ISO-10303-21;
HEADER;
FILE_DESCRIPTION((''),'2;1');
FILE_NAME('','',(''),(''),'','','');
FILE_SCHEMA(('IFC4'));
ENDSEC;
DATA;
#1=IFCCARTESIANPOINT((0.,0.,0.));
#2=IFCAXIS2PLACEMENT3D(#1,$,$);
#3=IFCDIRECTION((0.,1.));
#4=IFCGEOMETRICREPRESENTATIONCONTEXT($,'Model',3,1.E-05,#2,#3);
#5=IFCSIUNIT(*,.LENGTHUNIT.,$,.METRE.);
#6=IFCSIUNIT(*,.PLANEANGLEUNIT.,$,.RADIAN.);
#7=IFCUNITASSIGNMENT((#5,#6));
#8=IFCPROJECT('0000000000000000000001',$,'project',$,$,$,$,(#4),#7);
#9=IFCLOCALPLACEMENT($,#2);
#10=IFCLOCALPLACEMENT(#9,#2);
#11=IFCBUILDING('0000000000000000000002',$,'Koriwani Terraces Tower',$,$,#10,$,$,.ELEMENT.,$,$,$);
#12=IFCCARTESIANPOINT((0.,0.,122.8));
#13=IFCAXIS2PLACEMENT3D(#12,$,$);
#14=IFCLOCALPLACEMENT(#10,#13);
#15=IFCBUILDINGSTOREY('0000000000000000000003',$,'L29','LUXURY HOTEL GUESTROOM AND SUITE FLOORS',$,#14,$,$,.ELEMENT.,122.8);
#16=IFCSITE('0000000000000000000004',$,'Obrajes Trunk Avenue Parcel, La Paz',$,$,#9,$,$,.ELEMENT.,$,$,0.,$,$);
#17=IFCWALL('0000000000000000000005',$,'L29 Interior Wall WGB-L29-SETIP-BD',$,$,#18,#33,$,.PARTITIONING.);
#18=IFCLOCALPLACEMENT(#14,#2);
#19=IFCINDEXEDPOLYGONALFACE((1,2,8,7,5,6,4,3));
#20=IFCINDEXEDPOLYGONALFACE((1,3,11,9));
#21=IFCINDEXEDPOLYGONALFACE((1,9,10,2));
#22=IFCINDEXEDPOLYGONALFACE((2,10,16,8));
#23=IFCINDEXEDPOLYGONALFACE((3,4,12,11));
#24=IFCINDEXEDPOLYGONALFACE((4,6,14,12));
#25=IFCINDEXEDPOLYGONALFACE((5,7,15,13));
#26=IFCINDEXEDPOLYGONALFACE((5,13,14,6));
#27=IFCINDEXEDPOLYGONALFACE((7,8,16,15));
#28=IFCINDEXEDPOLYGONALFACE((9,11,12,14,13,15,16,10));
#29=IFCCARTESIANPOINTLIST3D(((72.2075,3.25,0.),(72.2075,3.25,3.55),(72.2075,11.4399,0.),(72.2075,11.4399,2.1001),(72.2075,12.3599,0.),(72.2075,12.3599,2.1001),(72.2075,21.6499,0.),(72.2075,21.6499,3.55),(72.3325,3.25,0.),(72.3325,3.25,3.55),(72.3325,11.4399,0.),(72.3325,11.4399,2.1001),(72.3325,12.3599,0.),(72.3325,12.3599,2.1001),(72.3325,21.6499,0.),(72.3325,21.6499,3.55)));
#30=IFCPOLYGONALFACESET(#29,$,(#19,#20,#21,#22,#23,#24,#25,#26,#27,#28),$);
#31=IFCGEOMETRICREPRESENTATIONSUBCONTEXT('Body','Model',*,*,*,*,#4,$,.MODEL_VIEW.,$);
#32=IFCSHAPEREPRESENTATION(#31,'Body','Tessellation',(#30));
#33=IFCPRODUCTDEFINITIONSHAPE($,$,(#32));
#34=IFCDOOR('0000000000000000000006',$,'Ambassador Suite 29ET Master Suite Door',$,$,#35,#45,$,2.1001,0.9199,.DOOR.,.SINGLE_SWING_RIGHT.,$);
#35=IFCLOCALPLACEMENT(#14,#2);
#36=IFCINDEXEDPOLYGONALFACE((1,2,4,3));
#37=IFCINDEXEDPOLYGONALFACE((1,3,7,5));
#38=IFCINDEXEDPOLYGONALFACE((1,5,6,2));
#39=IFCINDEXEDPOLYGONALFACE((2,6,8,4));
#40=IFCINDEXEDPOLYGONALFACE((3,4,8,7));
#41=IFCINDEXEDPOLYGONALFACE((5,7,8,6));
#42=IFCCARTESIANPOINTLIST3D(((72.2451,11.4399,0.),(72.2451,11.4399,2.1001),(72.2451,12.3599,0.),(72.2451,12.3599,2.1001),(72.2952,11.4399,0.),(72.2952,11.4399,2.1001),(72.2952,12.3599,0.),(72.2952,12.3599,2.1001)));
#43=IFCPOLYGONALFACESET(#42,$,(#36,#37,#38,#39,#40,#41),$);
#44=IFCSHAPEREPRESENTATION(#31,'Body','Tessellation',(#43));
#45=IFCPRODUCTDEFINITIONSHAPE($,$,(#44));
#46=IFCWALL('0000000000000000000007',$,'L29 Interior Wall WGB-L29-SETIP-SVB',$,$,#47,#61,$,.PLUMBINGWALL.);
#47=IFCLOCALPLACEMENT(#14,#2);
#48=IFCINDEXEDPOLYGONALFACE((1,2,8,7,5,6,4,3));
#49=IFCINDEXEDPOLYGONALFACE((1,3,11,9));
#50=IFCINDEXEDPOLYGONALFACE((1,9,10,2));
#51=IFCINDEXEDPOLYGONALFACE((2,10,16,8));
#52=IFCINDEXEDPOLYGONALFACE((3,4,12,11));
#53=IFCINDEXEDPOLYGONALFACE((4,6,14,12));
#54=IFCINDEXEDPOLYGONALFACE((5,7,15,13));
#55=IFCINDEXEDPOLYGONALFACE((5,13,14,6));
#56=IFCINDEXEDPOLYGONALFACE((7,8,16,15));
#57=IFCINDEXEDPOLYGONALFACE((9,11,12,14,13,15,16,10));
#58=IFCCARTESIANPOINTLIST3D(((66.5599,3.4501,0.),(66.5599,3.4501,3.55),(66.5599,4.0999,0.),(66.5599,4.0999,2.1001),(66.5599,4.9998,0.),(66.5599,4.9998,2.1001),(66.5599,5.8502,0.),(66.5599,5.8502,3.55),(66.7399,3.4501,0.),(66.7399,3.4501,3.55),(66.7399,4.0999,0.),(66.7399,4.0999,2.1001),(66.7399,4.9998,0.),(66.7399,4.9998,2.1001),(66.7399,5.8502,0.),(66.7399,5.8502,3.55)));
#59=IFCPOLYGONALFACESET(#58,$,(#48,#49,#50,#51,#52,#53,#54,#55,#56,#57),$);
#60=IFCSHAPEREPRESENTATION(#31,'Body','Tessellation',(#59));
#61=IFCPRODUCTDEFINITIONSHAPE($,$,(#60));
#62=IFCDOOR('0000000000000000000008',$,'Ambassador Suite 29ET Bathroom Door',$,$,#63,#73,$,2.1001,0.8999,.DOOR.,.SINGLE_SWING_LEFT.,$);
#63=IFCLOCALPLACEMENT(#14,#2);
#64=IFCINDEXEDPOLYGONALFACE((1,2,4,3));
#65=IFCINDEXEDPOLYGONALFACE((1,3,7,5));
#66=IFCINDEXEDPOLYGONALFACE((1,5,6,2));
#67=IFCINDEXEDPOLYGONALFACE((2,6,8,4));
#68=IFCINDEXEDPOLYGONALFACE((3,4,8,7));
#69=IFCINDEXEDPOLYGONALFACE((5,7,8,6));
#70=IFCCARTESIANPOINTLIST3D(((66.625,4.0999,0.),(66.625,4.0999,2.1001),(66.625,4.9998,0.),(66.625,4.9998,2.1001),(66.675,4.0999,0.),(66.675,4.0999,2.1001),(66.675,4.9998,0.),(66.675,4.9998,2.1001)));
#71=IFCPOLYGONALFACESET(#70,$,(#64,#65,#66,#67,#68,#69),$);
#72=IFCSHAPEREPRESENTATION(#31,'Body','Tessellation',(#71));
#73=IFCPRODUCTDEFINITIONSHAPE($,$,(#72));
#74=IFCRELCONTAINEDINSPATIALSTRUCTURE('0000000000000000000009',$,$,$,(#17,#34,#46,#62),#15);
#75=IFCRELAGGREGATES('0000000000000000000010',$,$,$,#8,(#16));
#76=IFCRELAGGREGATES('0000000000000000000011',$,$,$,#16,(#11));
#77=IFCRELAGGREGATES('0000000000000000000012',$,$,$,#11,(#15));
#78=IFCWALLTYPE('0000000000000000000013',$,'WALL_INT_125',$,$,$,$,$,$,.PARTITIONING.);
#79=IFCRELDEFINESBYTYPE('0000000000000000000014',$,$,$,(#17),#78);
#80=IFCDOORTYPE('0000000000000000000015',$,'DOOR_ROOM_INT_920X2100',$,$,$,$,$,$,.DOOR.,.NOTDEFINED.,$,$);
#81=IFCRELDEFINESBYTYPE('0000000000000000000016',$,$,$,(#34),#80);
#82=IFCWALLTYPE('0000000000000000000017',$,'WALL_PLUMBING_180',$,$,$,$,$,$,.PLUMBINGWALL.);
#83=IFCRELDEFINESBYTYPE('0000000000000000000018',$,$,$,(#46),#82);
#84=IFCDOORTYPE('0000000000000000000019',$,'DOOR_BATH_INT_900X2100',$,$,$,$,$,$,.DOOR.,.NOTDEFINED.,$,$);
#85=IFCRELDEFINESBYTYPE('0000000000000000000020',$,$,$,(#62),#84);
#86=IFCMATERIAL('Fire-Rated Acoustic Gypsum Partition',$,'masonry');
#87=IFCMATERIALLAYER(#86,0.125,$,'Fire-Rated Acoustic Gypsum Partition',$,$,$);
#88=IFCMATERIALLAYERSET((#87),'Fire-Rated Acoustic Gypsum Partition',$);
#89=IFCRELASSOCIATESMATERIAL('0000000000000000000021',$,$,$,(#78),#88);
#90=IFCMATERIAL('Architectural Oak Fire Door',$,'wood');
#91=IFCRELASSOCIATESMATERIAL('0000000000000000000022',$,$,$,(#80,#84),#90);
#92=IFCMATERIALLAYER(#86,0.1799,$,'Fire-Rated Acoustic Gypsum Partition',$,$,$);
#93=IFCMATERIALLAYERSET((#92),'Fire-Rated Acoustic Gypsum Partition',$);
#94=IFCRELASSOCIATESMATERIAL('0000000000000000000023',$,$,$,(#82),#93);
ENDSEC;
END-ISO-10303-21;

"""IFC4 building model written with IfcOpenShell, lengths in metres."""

from ifc_helpers import new_model, si_unit, direction, frame, frame_2d, origin, place, context, subcontext, project, spatial, rectangle, extrude, material, layer, layer_set, type_object, element, fill, save


model = new_model("IFC4")

# Units and contexts
model_context = context("Model", 3, precision=1e-05, world=origin(), true_north=direction((0.0, 1.0)))
body_context = subcontext(model_context, "Body", "Model", "MODEL_VIEW")
ifc_project = project(units=[si_unit("LENGTHUNIT", "METRE"), si_unit("PLANEANGLEUNIT", "RADIAN")], contexts=[model_context])

# Site, building, storey
site_placement = place(None, origin())
site = spatial("IfcSite", under=ifc_project, at=site_placement, Name="Obrajes Trunk Avenue Parcel, La Paz", CompositionType="ELEMENT", RefElevation=0.0)
building_placement = place(site_placement, origin())
building = spatial("IfcBuilding", under=site, at=building_placement, Name="Koriwani Terraces Tower", CompositionType="ELEMENT")
storey_placement = place(building_placement, frame((0.0, 0.0, 122.8)))
storey = spatial("IfcBuildingStorey", under=building, at=storey_placement, Name="L29", Description="LUXURY HOTEL GUESTROOM AND SUITE FLOORS", CompositionType="ELEMENT", Elevation=122.8)

# Walls, openings, doors
ifc_material_1 = material(Name="Fire-Rated Acoustic Gypsum Partition", Category="masonry")
ifc_layer_1 = layer(ifc_material_1, 0.125, Name="Fire-Rated Acoustic Gypsum Partition")
ifc_layer_set_1 = layer_set([ifc_layer_1], Name="Fire-Rated Acoustic Gypsum Partition")
wall_type_1 = type_object("IfcWallType", Name="WALL_INT_125", PredefinedType="PARTITIONING", material=ifc_layer_set_1)
wall_1_placement = place(storey_placement, frame((72.27, 3.25, 0.0), z_axis=(0.0, 0.0, 1.0), x_axis=(0.0, 1.0, 0.0)))
wall_1 = element("IfcWall", 1, at=wall_1_placement, inside=storey, type_object=wall_type_1, Name="L29 Interior Wall WGB-L29-SETIP-BD", PredefinedType="PARTITIONING", context=body_context, shape_type="SweptSolid", body=[
    extrude(rectangle(XDim=18.3999, YDim=0.125, at=frame_2d((9.2, 0.0))), origin(), (0.0, 0.0, 1.0), 3.55),
])
opening_1_placement = place(wall_1_placement, frame((8.1899, 0.0, 0.0)))
opening_1 = element("IfcOpeningElement", 2, at=opening_1_placement, cuts=wall_1, PredefinedType="OPENING", context=body_context, shape_type="SweptSolid", body=[
    extrude(rectangle(XDim=0.9199, YDim=2.1001, at=frame_2d((0.46, 1.05))), frame((0.0, 0.0725, 0.0), z_axis=(0.0, -1.0, 0.0), x_axis=(1.0, 0.0, 0.0)), (0.0, 0.0, 1.0), 0.145),
])
ifc_material_2 = material(Name="Architectural Oak Fire Door", Category="wood")
door_type_1 = type_object("IfcDoorType", Name="DOOR_ROOM_INT_920X2100", OperationType="NOTDEFINED", PredefinedType="DOOR", material=ifc_material_2)
door_1_placement = place(opening_1_placement, origin())
door_1 = element("IfcDoor", 3, at=door_1_placement, inside=storey, type_object=door_type_1, Name="Ambassador Suite 29ET Master Suite Door", OperationType="SINGLE_SWING_RIGHT", OverallHeight=2.1001, OverallWidth=0.9199, PredefinedType="DOOR", context=body_context, shape_type="SweptSolid", body=[
    extrude(rectangle(XDim=0.9199, YDim=2.1001, at=frame_2d((0.46, 1.05))), frame((0.0, 0.0249, 0.0), z_axis=(0.0, -1.0, 0.0), x_axis=(1.0, 0.0, 0.0)), (0.0, 0.0, 1.0), 0.05),
])
fill(opening_1, door_1)
ifc_layer_2 = layer(ifc_material_1, 0.1799, Name="Fire-Rated Acoustic Gypsum Partition")
ifc_layer_set_2 = layer_set([ifc_layer_2], Name="Fire-Rated Acoustic Gypsum Partition")
wall_type_2 = type_object("IfcWallType", Name="WALL_PLUMBING_180", PredefinedType="PLUMBINGWALL", material=ifc_layer_set_2)
wall_2_placement = place(storey_placement, frame((66.6499, 3.45, 0.0), z_axis=(0.0, 0.0, 1.0), x_axis=(0.0, 1.0, 0.0)))
wall_2 = element("IfcWall", 4, at=wall_2_placement, inside=storey, type_object=wall_type_2, Name="L29 Interior Wall WGB-L29-SETIP-SVB", PredefinedType="PLUMBINGWALL", context=body_context, shape_type="SweptSolid", body=[
    extrude(rectangle(XDim=2.4001, YDim=0.1799, at=frame_2d((1.2002, 0.0))), origin(), (0.0, 0.0, 1.0), 3.55),
])
opening_2_placement = place(wall_2_placement, frame((0.6499, 0.0, 0.0)))
opening_2 = element("IfcOpeningElement", 5, at=opening_2_placement, cuts=wall_2, PredefinedType="OPENING", context=body_context, shape_type="SweptSolid", body=[
    extrude(rectangle(XDim=0.8999, YDim=2.1001, at=frame_2d((0.45, 1.05))), frame((0.0, 0.1001, 0.0), z_axis=(0.0, -1.0, 0.0), x_axis=(1.0, 0.0, 0.0)), (0.0, 0.0, 1.0), 0.2),
])
door_type_2 = type_object("IfcDoorType", Name="DOOR_BATH_INT_900X2100", OperationType="NOTDEFINED", PredefinedType="DOOR", material=ifc_material_2)
door_2_placement = place(opening_2_placement, origin())
door_2 = element("IfcDoor", 6, at=door_2_placement, inside=storey, type_object=door_type_2, Name="Ambassador Suite 29ET Bathroom Door", OperationType="SINGLE_SWING_LEFT", OverallHeight=2.1001, OverallWidth=0.8999, PredefinedType="DOOR", context=body_context, shape_type="SweptSolid", body=[
    extrude(rectangle(XDim=0.8999, YDim=2.1001, at=frame_2d((0.45, 1.05))), frame((0.0, 0.0249, 0.0), z_axis=(0.0, -1.0, 0.0), x_axis=(1.0, 0.0, 0.0)), (0.0, 0.0, 1.0), 0.05),
])
fill(opening_2, door_2)

save(model, "model.ifc")
